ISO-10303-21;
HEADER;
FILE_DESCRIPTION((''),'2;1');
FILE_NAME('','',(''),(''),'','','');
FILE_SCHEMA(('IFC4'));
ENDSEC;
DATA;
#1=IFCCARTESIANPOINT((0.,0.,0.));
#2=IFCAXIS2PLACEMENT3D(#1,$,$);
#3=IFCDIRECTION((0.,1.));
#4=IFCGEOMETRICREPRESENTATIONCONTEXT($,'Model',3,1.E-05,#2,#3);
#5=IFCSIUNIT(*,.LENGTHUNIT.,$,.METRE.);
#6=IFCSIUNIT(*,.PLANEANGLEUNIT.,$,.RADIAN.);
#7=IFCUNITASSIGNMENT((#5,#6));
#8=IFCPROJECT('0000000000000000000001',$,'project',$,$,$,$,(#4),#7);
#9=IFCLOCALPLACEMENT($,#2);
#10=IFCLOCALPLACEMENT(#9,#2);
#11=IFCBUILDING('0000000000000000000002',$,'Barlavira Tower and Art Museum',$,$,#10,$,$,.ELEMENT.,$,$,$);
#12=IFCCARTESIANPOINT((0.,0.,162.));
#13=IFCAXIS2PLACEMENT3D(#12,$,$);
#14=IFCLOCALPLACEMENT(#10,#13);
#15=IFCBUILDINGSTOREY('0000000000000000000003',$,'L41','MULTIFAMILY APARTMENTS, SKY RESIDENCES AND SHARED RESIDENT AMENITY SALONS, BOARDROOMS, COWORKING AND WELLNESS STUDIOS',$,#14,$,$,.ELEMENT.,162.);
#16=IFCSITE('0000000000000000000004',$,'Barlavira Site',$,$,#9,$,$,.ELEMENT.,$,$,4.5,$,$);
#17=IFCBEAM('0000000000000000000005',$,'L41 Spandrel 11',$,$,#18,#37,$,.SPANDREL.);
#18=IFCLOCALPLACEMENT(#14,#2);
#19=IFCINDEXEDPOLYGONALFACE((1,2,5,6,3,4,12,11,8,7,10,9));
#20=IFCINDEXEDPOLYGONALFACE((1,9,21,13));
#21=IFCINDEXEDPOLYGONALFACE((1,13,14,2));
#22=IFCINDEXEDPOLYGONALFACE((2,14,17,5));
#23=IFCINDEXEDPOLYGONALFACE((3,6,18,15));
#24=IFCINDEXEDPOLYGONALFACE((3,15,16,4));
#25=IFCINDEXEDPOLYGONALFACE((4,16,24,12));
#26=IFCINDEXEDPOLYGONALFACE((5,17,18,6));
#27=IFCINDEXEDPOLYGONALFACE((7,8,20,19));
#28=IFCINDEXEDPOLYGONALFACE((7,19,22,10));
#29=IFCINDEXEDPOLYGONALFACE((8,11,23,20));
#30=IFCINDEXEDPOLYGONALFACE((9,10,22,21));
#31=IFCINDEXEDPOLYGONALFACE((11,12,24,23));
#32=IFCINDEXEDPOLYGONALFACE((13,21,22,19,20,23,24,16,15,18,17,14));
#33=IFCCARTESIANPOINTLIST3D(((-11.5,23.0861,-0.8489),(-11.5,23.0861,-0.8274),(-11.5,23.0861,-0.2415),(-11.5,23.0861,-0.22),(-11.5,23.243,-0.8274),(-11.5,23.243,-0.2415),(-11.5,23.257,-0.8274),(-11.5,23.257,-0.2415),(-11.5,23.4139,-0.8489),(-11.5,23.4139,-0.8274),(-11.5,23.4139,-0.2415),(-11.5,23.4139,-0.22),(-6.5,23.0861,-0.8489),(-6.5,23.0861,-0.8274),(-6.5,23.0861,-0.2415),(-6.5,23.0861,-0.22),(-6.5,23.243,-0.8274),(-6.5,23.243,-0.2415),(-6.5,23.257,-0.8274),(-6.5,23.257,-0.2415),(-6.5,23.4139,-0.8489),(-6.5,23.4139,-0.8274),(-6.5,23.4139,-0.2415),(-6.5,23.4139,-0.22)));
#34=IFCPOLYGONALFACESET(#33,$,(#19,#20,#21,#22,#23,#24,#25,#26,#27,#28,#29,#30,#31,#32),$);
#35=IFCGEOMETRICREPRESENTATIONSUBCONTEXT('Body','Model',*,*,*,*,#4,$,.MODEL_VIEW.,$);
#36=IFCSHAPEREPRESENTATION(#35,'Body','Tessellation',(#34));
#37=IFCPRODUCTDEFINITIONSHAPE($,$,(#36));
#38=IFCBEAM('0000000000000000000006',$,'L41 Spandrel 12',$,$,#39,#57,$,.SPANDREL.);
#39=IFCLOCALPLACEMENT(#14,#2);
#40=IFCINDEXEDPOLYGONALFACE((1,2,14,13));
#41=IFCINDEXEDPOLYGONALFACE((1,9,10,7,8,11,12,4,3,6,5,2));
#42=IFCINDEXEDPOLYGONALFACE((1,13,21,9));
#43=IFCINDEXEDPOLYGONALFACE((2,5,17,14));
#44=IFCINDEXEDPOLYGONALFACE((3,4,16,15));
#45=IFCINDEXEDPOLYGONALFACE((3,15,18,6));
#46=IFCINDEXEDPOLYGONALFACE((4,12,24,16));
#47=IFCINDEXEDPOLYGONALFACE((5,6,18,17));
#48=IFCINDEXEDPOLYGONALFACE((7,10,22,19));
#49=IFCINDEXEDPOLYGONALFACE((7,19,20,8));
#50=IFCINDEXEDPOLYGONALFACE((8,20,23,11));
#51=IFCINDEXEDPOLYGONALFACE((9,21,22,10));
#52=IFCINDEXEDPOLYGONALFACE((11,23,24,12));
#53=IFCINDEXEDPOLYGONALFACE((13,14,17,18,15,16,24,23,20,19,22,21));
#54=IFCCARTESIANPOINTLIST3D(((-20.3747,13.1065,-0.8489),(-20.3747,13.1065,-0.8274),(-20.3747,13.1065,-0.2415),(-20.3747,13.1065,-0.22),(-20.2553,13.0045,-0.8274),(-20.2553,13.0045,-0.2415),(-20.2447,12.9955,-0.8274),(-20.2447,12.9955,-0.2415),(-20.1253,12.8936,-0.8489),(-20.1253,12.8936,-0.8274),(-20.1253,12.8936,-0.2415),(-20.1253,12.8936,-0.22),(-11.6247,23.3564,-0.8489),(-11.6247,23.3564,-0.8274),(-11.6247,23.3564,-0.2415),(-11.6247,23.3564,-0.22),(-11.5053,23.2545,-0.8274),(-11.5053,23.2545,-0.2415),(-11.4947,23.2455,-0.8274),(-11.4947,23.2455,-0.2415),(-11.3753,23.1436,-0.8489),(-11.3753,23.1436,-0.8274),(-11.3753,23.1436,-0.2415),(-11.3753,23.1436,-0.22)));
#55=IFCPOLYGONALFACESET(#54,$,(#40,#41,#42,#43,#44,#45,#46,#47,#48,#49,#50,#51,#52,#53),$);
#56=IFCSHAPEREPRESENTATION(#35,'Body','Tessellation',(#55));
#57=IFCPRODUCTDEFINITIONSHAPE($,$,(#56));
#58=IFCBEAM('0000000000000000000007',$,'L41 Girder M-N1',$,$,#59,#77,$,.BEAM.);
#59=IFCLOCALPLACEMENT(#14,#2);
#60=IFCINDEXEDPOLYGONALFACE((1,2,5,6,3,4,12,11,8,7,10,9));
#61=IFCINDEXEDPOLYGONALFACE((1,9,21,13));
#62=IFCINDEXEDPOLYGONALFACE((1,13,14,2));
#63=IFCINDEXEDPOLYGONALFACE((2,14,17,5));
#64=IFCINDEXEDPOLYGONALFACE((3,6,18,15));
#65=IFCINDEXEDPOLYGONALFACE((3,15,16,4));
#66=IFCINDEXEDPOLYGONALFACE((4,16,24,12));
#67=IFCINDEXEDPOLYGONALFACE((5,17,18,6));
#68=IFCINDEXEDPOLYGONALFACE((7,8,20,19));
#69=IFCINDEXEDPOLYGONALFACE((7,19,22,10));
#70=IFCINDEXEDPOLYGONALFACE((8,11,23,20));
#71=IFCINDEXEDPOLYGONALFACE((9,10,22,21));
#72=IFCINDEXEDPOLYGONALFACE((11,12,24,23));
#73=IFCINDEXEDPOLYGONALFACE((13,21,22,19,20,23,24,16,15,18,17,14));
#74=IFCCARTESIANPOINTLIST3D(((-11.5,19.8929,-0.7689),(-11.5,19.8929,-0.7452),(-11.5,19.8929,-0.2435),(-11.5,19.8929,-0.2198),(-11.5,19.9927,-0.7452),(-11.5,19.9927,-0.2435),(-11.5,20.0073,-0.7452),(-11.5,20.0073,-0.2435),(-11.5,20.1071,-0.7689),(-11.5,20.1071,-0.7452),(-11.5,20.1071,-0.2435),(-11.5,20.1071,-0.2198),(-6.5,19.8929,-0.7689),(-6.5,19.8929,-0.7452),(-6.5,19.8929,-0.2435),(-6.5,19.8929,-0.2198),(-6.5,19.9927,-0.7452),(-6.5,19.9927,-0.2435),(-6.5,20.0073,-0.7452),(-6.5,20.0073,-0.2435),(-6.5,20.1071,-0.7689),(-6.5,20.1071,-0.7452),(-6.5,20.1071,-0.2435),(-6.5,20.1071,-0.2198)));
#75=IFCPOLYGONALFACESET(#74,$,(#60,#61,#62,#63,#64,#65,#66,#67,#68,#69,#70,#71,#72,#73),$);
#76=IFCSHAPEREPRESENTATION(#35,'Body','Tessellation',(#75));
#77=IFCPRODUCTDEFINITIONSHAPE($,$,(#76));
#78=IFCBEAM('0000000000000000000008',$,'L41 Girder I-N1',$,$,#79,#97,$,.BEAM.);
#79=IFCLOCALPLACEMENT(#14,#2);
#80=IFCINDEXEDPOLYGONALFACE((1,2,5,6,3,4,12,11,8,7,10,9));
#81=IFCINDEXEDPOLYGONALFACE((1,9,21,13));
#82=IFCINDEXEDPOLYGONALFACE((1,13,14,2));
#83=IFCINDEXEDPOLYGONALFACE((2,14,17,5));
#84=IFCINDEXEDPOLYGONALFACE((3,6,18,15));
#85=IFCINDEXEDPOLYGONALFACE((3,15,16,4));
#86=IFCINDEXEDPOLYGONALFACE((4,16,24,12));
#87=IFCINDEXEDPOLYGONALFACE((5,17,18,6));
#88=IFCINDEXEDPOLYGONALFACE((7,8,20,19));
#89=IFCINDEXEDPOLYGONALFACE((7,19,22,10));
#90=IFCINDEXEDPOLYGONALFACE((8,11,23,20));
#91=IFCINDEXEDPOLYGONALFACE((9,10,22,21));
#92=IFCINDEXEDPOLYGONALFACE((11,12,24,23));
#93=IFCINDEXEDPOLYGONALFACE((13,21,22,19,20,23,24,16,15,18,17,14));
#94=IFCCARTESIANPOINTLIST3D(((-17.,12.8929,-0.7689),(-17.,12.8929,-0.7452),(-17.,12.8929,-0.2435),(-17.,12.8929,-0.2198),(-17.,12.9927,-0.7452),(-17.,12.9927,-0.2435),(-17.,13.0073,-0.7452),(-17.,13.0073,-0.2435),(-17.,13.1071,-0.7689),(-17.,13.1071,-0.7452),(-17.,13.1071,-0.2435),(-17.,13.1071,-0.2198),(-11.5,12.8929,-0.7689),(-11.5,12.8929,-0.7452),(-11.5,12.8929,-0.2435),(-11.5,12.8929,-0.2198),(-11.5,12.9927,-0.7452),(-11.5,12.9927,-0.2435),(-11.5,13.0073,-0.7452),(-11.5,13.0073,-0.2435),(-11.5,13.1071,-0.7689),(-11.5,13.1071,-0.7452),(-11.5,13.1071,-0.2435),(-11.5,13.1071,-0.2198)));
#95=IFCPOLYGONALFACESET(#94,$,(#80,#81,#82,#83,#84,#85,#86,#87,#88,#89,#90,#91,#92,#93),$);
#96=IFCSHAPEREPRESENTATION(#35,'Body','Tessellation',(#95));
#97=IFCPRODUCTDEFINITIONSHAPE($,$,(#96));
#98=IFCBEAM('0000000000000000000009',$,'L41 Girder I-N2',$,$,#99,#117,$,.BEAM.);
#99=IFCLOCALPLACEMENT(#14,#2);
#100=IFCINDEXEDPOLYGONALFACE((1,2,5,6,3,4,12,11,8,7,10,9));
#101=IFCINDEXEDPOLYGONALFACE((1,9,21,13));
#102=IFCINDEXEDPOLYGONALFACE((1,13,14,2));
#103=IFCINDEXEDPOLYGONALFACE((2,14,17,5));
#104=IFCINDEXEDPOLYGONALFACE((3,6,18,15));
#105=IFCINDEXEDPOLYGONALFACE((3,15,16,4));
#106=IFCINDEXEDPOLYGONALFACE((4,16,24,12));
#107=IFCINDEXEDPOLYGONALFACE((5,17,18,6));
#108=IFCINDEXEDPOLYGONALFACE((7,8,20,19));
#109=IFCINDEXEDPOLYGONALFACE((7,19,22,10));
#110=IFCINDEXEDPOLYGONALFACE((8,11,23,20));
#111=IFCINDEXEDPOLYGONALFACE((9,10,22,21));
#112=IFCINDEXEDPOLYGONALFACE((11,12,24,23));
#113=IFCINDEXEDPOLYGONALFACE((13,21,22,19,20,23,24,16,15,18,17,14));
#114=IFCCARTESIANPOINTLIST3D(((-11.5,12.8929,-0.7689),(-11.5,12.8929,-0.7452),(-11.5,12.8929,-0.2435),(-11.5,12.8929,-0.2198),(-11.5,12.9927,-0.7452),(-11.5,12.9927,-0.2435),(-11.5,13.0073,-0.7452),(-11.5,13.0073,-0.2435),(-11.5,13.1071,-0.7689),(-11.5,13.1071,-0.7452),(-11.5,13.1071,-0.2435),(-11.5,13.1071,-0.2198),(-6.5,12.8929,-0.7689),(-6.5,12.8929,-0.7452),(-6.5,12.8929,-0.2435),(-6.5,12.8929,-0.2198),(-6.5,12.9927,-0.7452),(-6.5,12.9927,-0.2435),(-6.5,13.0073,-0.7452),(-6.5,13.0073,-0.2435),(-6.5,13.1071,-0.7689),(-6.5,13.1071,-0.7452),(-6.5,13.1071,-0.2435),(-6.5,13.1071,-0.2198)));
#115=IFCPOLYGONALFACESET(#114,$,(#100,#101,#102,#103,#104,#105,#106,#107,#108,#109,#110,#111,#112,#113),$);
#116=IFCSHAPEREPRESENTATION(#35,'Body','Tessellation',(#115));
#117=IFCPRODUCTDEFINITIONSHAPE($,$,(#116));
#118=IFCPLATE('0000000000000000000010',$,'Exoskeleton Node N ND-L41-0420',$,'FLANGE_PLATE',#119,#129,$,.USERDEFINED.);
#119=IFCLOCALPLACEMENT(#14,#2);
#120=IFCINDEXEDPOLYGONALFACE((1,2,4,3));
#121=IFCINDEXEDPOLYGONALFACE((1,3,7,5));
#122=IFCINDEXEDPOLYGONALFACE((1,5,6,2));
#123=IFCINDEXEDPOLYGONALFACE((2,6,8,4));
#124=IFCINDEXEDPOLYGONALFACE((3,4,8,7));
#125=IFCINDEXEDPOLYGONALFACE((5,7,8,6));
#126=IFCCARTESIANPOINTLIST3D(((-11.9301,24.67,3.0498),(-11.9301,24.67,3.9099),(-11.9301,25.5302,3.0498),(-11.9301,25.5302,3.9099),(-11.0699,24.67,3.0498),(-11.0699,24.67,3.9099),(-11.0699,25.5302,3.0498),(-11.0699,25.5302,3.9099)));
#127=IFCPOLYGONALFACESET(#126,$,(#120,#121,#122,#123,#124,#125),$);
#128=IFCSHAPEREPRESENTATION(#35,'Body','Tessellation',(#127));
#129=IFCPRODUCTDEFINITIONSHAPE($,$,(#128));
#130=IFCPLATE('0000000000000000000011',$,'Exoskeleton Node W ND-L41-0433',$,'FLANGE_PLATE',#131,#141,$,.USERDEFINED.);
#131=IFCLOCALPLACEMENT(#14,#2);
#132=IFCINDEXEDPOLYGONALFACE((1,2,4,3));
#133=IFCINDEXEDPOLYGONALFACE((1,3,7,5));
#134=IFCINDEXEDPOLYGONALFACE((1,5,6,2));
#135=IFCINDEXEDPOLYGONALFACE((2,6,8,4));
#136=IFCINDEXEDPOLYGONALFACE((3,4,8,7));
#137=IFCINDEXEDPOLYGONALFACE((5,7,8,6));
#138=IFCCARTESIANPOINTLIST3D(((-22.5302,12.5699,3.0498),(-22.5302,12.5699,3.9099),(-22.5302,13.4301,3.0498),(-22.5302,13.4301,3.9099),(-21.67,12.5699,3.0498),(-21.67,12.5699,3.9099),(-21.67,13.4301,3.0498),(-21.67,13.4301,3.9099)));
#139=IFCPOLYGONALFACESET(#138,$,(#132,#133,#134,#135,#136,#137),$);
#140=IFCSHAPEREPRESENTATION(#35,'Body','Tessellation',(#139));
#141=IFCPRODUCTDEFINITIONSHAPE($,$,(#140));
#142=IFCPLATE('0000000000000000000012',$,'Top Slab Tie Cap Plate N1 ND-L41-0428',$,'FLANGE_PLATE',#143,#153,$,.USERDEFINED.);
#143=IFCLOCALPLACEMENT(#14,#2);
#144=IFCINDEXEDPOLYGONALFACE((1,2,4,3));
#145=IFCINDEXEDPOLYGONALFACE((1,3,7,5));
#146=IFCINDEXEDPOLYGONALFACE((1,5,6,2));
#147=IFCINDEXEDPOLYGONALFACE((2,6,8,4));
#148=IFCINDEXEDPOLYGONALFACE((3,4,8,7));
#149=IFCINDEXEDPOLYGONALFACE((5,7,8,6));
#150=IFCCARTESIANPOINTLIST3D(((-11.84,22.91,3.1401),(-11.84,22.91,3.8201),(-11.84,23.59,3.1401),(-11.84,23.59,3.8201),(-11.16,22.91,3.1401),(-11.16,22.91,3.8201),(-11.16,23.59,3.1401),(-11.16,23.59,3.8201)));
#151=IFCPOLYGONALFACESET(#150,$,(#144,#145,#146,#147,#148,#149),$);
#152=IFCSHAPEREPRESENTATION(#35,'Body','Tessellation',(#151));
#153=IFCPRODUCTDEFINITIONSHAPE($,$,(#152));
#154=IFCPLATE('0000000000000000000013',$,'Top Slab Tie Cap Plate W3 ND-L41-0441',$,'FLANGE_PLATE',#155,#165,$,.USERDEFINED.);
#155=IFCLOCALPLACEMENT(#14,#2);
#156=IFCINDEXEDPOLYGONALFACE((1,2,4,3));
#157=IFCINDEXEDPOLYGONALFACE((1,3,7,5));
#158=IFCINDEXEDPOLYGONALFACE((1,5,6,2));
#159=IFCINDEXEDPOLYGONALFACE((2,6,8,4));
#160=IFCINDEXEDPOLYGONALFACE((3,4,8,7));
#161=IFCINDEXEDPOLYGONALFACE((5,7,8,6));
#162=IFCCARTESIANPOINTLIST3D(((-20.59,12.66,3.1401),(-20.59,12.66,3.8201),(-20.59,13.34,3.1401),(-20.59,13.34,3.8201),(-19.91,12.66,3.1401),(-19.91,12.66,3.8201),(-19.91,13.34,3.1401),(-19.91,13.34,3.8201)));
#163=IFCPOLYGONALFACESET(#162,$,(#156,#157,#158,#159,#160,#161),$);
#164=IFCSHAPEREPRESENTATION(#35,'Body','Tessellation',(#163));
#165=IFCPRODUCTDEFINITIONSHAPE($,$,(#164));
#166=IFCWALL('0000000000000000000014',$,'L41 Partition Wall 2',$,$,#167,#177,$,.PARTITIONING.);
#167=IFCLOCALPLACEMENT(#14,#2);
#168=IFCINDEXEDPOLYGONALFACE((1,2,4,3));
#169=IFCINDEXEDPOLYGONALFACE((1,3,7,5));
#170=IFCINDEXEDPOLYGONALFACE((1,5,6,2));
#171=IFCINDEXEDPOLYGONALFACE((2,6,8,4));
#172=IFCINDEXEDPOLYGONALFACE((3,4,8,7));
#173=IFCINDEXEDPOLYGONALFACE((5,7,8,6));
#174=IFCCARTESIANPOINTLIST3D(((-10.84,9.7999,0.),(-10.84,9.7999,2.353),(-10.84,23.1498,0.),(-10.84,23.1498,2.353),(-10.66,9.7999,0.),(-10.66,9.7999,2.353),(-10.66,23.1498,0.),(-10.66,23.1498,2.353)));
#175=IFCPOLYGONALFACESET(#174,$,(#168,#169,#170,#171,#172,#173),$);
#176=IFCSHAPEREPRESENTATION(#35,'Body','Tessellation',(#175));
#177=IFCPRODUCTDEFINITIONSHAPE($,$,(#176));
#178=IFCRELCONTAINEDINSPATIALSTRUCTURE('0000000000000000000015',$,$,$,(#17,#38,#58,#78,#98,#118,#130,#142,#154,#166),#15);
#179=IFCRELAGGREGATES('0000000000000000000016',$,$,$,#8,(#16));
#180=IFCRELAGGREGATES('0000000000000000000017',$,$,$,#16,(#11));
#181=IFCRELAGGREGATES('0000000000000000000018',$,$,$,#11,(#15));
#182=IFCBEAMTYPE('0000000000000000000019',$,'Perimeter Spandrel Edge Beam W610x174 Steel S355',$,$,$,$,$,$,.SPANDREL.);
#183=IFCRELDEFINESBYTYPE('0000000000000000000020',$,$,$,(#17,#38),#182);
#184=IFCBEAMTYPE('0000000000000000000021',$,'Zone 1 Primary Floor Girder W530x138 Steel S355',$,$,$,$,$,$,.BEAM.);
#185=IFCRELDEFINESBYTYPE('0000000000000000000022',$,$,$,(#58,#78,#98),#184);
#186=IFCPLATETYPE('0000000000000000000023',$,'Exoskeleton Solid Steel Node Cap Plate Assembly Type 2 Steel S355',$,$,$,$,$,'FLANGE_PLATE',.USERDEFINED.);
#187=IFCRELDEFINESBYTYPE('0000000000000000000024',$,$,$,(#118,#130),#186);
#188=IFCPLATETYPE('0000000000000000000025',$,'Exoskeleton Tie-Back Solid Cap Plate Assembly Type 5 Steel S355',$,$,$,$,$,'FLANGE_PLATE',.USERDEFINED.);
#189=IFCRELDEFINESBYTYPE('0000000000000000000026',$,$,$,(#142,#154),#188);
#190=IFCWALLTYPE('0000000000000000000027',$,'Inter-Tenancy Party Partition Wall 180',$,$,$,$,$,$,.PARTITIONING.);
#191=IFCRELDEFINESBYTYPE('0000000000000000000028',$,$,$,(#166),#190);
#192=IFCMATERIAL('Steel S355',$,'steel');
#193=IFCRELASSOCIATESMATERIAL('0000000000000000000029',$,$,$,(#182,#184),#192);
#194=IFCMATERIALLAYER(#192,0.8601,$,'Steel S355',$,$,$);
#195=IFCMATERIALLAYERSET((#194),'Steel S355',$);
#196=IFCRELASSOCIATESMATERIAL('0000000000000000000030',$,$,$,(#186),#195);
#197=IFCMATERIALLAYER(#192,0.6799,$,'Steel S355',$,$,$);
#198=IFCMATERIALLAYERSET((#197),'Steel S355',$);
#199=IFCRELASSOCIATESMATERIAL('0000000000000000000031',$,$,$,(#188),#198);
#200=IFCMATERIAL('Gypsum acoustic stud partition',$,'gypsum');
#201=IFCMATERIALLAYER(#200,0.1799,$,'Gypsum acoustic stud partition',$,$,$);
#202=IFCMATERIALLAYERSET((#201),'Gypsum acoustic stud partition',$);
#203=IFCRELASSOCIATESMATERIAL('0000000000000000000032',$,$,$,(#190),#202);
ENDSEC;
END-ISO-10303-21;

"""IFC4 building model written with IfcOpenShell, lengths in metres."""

from ifc_helpers import new_model, si_unit, direction, frame, frame_2d, origin, origin_2d, place, context, subcontext, project, spatial, rectangle, i_section, extrude, material, layer, layer_set, material_profile, profile_set, type_object, element, save


model = new_model("IFC4")

# Units and contexts
model_context = context("Model", 3, precision=1e-05, world=origin(), true_north=direction((0.0, 1.0)))
body_context = subcontext(model_context, "Body", "Model", "MODEL_VIEW")
ifc_project = project(units=[si_unit("LENGTHUNIT", "METRE"), si_unit("PLANEANGLEUNIT", "RADIAN")], contexts=[model_context])

# Site, building, storey
site_placement = place(None, origin())
site = spatial("IfcSite", under=ifc_project, at=site_placement, Name="Barlavira Site", CompositionType="ELEMENT", RefElevation=4.5)
building_placement = place(site_placement, origin())
building = spatial("IfcBuilding", under=site, at=building_placement, Name="Barlavira Tower and Art Museum", CompositionType="ELEMENT")
storey_placement = place(building_placement, frame((0.0, 0.0, 162.0)))
storey = spatial("IfcBuildingStorey", under=building, at=storey_placement, Name="L41", Description="MULTIFAMILY APARTMENTS, SKY RESIDENCES AND SHARED RESIDENT AMENITY SALONS, BOARDROOMS, COWORKING AND WELLNESS STUDIOS", CompositionType="ELEMENT", Elevation=162.0)

# Shared definitions
ifc_material_1 = material(Name="Steel S355", Category="steel")

# Beams
ifc_material_profile_1 = material_profile(ifc_material_1, i_section(OverallWidth=0.3279, OverallDepth=0.6289, WebThickness=0.0139, FlangeThickness=0.0215, at=origin_2d()), Name="W610x174.0")
ifc_profile_set_1 = profile_set([ifc_material_profile_1], Name="Steel S355")
beam_type_1 = type_object("IfcBeamType", Name="Perimeter Spandrel Edge Beam W610x174 Steel S355", PredefinedType="SPANDREL", material=ifc_profile_set_1)
beam_1_placement = place(storey_placement, frame((-11.5, 23.25, -0.5344), z_axis=(1.0, 0.0, 0.0), x_axis=(0.0, 1.0, 0.0)))
element("IfcBeam", 1, at=beam_1_placement, inside=storey, type_object=beam_type_1, Name="L41 Spandrel 11", PredefinedType="SPANDREL", context=body_context, shape_type="SweptSolid", body=[
    extrude(i_section(OverallWidth=0.3279, OverallDepth=0.6289, WebThickness=0.0139, FlangeThickness=0.0215, at=origin_2d()), origin(), (0.0, 0.0, 1.0), 5.0),
])
beam_2_placement = place(storey_placement, frame((-11.5, 23.25, -0.5344), z_axis=(-0.649262, -0.760565, 0.0), x_axis=(0.760565, -0.649262, 0.0)))
element("IfcBeam", 2, at=beam_2_placement, inside=storey, type_object=beam_type_1, Name="L41 Spandrel 12", PredefinedType="SPANDREL", context=body_context, shape_type="SweptSolid", body=[
    extrude(i_section(OverallWidth=0.3279, OverallDepth=0.6289, WebThickness=0.0139, FlangeThickness=0.0215, at=origin_2d()), origin(), (0.0, 0.0, 1.0), 13.4768),
])
ifc_material_profile_2 = material_profile(ifc_material_1, i_section(OverallWidth=0.2141, OverallDepth=0.5491, WebThickness=0.0146, FlangeThickness=0.0237, at=origin_2d()), Name="W530x138.0")
ifc_profile_set_2 = profile_set([ifc_material_profile_2], Name="Steel S355")
beam_type_2 = type_object("IfcBeamType", Name="Zone 1 Primary Floor Girder W530x138 Steel S355", PredefinedType="BEAM", material=ifc_profile_set_2)
beam_3_placement = place(storey_placement, frame((-11.5, 20.0, -0.4944), z_axis=(1.0, 0.0, 0.0), x_axis=(0.0, 1.0, 0.0)))
element("IfcBeam", 3, at=beam_3_placement, inside=storey, type_object=beam_type_2, Name="L41 Girder M-N1", PredefinedType="BEAM", context=body_context, shape_type="SweptSolid", body=[
    extrude(i_section(OverallWidth=0.2141, OverallDepth=0.5491, WebThickness=0.0146, FlangeThickness=0.0237, at=origin_2d()), origin(), (0.0, 0.0, 1.0), 5.0),
])
beam_4_placement = place(storey_placement, frame((-17.0, 13.0, -0.4944), z_axis=(1.0, 0.0, 0.0), x_axis=(0.0, 1.0, 0.0)))
element("IfcBeam", 4, at=beam_4_placement, inside=storey, type_object=beam_type_2, Name="L41 Girder I-N1", PredefinedType="BEAM", context=body_context, shape_type="SweptSolid", body=[
    extrude(i_section(OverallWidth=0.2141, OverallDepth=0.5491, WebThickness=0.0146, FlangeThickness=0.0237, at=origin_2d()), origin(), (0.0, 0.0, 1.0), 5.5),
])
beam_5_placement = place(storey_placement, frame((-11.5, 13.0, -0.4944), z_axis=(1.0, 0.0, 0.0), x_axis=(0.0, 1.0, 0.0)))
element("IfcBeam", 5, at=beam_5_placement, inside=storey, type_object=beam_type_2, Name="L41 Girder I-N2", PredefinedType="BEAM", context=body_context, shape_type="SweptSolid", body=[
    extrude(i_section(OverallWidth=0.2141, OverallDepth=0.5491, WebThickness=0.0146, FlangeThickness=0.0237, at=origin_2d()), origin(), (0.0, 0.0, 1.0), 5.0),
])

# Plates
ifc_layer_1 = layer(ifc_material_1, 0.8601, Name="Steel S355")
ifc_layer_set_1 = layer_set([ifc_layer_1], Name="Steel S355")
plate_type_1 = type_object("IfcPlateType", Name="Exoskeleton Solid Steel Node Cap Plate Assembly Type 2 Steel S355", ElementType="FLANGE_PLATE", PredefinedType="USERDEFINED", material=ifc_layer_set_1)
for number, where, z_axis, x_axis, name in (
    (6, (-11.5, 25.1001, 3.0498), (0.0, 0.0, 1.0), (1.0, 0.0, 0.0), "Exoskeleton Node N ND-L41-0420"),
    (7, (-22.1001, 13.0, 3.0498), (0.0, 0.0, 1.0), (1.0, 0.0, 0.0), "Exoskeleton Node W ND-L41-0433"),
):
    element("IfcPlate", number, at=place(storey_placement, frame(where, z_axis=z_axis, x_axis=x_axis)), inside=storey, type_object=plate_type_1, Name=name, ObjectType="FLANGE_PLATE", PredefinedType="USERDEFINED", context=body_context, shape_type="SweptSolid", body=[
        extrude(rectangle(XDim=0.8601, YDim=0.8601, at=origin_2d()), origin(), (0.0, 0.0, 1.0), 0.8601),
    ])
ifc_layer_2 = layer(ifc_material_1, 0.6799, Name="Steel S355")
ifc_layer_set_2 = layer_set([ifc_layer_2], Name="Steel S355")
plate_type_2 = type_object("IfcPlateType", Name="Exoskeleton Tie-Back Solid Cap Plate Assembly Type 5 Steel S355", ElementType="FLANGE_PLATE", PredefinedType="USERDEFINED", material=ifc_layer_set_2)
for number, where, z_axis, x_axis, name in (
    (8, (-11.5, 23.25, 3.1401), (0.0, 0.0, 1.0), (1.0, 0.0, 0.0), "Top Slab Tie Cap Plate N1 ND-L41-0428"),
    (9, (-20.25, 13.0, 3.1401), (0.0, 0.0, 1.0), (1.0, 0.0, 0.0), "Top Slab Tie Cap Plate W3 ND-L41-0441"),
):
    element("IfcPlate", number, at=place(storey_placement, frame(where, z_axis=z_axis, x_axis=x_axis)), inside=storey, type_object=plate_type_2, Name=name, ObjectType="FLANGE_PLATE", PredefinedType="USERDEFINED", context=body_context, shape_type="SweptSolid", body=[
        extrude(rectangle(XDim=0.6799, YDim=0.6799, at=origin_2d()), origin(), (0.0, 0.0, 1.0), 0.6799),
    ])

# Wall
ifc_material_2 = material(Name="Gypsum acoustic stud partition", Category="gypsum")
ifc_layer_3 = layer(ifc_material_2, 0.1799, Name="Gypsum acoustic stud partition")
ifc_layer_set_3 = layer_set([ifc_layer_3], Name="Gypsum acoustic stud partition")
wall_type_1 = type_object("IfcWallType", Name="Inter-Tenancy Party Partition Wall 180", PredefinedType="PARTITIONING", material=ifc_layer_set_3)
wall_1_placement = place(storey_placement, frame((-10.75, 9.8, 0.0), z_axis=(0.0, 0.0, 1.0), x_axis=(0.0, 1.0, 0.0)))
element("IfcWall", 10, at=wall_1_placement, inside=storey, type_object=wall_type_1, Name="L41 Partition Wall 2", PredefinedType="PARTITIONING", context=body_context, shape_type="SweptSolid", body=[
    extrude(rectangle(XDim=13.3499, YDim=0.1799, at=frame_2d((6.6748, 0.0))), origin(), (0.0, 0.0, 1.0), 2.353),
])

save(model, "model.ifc")
